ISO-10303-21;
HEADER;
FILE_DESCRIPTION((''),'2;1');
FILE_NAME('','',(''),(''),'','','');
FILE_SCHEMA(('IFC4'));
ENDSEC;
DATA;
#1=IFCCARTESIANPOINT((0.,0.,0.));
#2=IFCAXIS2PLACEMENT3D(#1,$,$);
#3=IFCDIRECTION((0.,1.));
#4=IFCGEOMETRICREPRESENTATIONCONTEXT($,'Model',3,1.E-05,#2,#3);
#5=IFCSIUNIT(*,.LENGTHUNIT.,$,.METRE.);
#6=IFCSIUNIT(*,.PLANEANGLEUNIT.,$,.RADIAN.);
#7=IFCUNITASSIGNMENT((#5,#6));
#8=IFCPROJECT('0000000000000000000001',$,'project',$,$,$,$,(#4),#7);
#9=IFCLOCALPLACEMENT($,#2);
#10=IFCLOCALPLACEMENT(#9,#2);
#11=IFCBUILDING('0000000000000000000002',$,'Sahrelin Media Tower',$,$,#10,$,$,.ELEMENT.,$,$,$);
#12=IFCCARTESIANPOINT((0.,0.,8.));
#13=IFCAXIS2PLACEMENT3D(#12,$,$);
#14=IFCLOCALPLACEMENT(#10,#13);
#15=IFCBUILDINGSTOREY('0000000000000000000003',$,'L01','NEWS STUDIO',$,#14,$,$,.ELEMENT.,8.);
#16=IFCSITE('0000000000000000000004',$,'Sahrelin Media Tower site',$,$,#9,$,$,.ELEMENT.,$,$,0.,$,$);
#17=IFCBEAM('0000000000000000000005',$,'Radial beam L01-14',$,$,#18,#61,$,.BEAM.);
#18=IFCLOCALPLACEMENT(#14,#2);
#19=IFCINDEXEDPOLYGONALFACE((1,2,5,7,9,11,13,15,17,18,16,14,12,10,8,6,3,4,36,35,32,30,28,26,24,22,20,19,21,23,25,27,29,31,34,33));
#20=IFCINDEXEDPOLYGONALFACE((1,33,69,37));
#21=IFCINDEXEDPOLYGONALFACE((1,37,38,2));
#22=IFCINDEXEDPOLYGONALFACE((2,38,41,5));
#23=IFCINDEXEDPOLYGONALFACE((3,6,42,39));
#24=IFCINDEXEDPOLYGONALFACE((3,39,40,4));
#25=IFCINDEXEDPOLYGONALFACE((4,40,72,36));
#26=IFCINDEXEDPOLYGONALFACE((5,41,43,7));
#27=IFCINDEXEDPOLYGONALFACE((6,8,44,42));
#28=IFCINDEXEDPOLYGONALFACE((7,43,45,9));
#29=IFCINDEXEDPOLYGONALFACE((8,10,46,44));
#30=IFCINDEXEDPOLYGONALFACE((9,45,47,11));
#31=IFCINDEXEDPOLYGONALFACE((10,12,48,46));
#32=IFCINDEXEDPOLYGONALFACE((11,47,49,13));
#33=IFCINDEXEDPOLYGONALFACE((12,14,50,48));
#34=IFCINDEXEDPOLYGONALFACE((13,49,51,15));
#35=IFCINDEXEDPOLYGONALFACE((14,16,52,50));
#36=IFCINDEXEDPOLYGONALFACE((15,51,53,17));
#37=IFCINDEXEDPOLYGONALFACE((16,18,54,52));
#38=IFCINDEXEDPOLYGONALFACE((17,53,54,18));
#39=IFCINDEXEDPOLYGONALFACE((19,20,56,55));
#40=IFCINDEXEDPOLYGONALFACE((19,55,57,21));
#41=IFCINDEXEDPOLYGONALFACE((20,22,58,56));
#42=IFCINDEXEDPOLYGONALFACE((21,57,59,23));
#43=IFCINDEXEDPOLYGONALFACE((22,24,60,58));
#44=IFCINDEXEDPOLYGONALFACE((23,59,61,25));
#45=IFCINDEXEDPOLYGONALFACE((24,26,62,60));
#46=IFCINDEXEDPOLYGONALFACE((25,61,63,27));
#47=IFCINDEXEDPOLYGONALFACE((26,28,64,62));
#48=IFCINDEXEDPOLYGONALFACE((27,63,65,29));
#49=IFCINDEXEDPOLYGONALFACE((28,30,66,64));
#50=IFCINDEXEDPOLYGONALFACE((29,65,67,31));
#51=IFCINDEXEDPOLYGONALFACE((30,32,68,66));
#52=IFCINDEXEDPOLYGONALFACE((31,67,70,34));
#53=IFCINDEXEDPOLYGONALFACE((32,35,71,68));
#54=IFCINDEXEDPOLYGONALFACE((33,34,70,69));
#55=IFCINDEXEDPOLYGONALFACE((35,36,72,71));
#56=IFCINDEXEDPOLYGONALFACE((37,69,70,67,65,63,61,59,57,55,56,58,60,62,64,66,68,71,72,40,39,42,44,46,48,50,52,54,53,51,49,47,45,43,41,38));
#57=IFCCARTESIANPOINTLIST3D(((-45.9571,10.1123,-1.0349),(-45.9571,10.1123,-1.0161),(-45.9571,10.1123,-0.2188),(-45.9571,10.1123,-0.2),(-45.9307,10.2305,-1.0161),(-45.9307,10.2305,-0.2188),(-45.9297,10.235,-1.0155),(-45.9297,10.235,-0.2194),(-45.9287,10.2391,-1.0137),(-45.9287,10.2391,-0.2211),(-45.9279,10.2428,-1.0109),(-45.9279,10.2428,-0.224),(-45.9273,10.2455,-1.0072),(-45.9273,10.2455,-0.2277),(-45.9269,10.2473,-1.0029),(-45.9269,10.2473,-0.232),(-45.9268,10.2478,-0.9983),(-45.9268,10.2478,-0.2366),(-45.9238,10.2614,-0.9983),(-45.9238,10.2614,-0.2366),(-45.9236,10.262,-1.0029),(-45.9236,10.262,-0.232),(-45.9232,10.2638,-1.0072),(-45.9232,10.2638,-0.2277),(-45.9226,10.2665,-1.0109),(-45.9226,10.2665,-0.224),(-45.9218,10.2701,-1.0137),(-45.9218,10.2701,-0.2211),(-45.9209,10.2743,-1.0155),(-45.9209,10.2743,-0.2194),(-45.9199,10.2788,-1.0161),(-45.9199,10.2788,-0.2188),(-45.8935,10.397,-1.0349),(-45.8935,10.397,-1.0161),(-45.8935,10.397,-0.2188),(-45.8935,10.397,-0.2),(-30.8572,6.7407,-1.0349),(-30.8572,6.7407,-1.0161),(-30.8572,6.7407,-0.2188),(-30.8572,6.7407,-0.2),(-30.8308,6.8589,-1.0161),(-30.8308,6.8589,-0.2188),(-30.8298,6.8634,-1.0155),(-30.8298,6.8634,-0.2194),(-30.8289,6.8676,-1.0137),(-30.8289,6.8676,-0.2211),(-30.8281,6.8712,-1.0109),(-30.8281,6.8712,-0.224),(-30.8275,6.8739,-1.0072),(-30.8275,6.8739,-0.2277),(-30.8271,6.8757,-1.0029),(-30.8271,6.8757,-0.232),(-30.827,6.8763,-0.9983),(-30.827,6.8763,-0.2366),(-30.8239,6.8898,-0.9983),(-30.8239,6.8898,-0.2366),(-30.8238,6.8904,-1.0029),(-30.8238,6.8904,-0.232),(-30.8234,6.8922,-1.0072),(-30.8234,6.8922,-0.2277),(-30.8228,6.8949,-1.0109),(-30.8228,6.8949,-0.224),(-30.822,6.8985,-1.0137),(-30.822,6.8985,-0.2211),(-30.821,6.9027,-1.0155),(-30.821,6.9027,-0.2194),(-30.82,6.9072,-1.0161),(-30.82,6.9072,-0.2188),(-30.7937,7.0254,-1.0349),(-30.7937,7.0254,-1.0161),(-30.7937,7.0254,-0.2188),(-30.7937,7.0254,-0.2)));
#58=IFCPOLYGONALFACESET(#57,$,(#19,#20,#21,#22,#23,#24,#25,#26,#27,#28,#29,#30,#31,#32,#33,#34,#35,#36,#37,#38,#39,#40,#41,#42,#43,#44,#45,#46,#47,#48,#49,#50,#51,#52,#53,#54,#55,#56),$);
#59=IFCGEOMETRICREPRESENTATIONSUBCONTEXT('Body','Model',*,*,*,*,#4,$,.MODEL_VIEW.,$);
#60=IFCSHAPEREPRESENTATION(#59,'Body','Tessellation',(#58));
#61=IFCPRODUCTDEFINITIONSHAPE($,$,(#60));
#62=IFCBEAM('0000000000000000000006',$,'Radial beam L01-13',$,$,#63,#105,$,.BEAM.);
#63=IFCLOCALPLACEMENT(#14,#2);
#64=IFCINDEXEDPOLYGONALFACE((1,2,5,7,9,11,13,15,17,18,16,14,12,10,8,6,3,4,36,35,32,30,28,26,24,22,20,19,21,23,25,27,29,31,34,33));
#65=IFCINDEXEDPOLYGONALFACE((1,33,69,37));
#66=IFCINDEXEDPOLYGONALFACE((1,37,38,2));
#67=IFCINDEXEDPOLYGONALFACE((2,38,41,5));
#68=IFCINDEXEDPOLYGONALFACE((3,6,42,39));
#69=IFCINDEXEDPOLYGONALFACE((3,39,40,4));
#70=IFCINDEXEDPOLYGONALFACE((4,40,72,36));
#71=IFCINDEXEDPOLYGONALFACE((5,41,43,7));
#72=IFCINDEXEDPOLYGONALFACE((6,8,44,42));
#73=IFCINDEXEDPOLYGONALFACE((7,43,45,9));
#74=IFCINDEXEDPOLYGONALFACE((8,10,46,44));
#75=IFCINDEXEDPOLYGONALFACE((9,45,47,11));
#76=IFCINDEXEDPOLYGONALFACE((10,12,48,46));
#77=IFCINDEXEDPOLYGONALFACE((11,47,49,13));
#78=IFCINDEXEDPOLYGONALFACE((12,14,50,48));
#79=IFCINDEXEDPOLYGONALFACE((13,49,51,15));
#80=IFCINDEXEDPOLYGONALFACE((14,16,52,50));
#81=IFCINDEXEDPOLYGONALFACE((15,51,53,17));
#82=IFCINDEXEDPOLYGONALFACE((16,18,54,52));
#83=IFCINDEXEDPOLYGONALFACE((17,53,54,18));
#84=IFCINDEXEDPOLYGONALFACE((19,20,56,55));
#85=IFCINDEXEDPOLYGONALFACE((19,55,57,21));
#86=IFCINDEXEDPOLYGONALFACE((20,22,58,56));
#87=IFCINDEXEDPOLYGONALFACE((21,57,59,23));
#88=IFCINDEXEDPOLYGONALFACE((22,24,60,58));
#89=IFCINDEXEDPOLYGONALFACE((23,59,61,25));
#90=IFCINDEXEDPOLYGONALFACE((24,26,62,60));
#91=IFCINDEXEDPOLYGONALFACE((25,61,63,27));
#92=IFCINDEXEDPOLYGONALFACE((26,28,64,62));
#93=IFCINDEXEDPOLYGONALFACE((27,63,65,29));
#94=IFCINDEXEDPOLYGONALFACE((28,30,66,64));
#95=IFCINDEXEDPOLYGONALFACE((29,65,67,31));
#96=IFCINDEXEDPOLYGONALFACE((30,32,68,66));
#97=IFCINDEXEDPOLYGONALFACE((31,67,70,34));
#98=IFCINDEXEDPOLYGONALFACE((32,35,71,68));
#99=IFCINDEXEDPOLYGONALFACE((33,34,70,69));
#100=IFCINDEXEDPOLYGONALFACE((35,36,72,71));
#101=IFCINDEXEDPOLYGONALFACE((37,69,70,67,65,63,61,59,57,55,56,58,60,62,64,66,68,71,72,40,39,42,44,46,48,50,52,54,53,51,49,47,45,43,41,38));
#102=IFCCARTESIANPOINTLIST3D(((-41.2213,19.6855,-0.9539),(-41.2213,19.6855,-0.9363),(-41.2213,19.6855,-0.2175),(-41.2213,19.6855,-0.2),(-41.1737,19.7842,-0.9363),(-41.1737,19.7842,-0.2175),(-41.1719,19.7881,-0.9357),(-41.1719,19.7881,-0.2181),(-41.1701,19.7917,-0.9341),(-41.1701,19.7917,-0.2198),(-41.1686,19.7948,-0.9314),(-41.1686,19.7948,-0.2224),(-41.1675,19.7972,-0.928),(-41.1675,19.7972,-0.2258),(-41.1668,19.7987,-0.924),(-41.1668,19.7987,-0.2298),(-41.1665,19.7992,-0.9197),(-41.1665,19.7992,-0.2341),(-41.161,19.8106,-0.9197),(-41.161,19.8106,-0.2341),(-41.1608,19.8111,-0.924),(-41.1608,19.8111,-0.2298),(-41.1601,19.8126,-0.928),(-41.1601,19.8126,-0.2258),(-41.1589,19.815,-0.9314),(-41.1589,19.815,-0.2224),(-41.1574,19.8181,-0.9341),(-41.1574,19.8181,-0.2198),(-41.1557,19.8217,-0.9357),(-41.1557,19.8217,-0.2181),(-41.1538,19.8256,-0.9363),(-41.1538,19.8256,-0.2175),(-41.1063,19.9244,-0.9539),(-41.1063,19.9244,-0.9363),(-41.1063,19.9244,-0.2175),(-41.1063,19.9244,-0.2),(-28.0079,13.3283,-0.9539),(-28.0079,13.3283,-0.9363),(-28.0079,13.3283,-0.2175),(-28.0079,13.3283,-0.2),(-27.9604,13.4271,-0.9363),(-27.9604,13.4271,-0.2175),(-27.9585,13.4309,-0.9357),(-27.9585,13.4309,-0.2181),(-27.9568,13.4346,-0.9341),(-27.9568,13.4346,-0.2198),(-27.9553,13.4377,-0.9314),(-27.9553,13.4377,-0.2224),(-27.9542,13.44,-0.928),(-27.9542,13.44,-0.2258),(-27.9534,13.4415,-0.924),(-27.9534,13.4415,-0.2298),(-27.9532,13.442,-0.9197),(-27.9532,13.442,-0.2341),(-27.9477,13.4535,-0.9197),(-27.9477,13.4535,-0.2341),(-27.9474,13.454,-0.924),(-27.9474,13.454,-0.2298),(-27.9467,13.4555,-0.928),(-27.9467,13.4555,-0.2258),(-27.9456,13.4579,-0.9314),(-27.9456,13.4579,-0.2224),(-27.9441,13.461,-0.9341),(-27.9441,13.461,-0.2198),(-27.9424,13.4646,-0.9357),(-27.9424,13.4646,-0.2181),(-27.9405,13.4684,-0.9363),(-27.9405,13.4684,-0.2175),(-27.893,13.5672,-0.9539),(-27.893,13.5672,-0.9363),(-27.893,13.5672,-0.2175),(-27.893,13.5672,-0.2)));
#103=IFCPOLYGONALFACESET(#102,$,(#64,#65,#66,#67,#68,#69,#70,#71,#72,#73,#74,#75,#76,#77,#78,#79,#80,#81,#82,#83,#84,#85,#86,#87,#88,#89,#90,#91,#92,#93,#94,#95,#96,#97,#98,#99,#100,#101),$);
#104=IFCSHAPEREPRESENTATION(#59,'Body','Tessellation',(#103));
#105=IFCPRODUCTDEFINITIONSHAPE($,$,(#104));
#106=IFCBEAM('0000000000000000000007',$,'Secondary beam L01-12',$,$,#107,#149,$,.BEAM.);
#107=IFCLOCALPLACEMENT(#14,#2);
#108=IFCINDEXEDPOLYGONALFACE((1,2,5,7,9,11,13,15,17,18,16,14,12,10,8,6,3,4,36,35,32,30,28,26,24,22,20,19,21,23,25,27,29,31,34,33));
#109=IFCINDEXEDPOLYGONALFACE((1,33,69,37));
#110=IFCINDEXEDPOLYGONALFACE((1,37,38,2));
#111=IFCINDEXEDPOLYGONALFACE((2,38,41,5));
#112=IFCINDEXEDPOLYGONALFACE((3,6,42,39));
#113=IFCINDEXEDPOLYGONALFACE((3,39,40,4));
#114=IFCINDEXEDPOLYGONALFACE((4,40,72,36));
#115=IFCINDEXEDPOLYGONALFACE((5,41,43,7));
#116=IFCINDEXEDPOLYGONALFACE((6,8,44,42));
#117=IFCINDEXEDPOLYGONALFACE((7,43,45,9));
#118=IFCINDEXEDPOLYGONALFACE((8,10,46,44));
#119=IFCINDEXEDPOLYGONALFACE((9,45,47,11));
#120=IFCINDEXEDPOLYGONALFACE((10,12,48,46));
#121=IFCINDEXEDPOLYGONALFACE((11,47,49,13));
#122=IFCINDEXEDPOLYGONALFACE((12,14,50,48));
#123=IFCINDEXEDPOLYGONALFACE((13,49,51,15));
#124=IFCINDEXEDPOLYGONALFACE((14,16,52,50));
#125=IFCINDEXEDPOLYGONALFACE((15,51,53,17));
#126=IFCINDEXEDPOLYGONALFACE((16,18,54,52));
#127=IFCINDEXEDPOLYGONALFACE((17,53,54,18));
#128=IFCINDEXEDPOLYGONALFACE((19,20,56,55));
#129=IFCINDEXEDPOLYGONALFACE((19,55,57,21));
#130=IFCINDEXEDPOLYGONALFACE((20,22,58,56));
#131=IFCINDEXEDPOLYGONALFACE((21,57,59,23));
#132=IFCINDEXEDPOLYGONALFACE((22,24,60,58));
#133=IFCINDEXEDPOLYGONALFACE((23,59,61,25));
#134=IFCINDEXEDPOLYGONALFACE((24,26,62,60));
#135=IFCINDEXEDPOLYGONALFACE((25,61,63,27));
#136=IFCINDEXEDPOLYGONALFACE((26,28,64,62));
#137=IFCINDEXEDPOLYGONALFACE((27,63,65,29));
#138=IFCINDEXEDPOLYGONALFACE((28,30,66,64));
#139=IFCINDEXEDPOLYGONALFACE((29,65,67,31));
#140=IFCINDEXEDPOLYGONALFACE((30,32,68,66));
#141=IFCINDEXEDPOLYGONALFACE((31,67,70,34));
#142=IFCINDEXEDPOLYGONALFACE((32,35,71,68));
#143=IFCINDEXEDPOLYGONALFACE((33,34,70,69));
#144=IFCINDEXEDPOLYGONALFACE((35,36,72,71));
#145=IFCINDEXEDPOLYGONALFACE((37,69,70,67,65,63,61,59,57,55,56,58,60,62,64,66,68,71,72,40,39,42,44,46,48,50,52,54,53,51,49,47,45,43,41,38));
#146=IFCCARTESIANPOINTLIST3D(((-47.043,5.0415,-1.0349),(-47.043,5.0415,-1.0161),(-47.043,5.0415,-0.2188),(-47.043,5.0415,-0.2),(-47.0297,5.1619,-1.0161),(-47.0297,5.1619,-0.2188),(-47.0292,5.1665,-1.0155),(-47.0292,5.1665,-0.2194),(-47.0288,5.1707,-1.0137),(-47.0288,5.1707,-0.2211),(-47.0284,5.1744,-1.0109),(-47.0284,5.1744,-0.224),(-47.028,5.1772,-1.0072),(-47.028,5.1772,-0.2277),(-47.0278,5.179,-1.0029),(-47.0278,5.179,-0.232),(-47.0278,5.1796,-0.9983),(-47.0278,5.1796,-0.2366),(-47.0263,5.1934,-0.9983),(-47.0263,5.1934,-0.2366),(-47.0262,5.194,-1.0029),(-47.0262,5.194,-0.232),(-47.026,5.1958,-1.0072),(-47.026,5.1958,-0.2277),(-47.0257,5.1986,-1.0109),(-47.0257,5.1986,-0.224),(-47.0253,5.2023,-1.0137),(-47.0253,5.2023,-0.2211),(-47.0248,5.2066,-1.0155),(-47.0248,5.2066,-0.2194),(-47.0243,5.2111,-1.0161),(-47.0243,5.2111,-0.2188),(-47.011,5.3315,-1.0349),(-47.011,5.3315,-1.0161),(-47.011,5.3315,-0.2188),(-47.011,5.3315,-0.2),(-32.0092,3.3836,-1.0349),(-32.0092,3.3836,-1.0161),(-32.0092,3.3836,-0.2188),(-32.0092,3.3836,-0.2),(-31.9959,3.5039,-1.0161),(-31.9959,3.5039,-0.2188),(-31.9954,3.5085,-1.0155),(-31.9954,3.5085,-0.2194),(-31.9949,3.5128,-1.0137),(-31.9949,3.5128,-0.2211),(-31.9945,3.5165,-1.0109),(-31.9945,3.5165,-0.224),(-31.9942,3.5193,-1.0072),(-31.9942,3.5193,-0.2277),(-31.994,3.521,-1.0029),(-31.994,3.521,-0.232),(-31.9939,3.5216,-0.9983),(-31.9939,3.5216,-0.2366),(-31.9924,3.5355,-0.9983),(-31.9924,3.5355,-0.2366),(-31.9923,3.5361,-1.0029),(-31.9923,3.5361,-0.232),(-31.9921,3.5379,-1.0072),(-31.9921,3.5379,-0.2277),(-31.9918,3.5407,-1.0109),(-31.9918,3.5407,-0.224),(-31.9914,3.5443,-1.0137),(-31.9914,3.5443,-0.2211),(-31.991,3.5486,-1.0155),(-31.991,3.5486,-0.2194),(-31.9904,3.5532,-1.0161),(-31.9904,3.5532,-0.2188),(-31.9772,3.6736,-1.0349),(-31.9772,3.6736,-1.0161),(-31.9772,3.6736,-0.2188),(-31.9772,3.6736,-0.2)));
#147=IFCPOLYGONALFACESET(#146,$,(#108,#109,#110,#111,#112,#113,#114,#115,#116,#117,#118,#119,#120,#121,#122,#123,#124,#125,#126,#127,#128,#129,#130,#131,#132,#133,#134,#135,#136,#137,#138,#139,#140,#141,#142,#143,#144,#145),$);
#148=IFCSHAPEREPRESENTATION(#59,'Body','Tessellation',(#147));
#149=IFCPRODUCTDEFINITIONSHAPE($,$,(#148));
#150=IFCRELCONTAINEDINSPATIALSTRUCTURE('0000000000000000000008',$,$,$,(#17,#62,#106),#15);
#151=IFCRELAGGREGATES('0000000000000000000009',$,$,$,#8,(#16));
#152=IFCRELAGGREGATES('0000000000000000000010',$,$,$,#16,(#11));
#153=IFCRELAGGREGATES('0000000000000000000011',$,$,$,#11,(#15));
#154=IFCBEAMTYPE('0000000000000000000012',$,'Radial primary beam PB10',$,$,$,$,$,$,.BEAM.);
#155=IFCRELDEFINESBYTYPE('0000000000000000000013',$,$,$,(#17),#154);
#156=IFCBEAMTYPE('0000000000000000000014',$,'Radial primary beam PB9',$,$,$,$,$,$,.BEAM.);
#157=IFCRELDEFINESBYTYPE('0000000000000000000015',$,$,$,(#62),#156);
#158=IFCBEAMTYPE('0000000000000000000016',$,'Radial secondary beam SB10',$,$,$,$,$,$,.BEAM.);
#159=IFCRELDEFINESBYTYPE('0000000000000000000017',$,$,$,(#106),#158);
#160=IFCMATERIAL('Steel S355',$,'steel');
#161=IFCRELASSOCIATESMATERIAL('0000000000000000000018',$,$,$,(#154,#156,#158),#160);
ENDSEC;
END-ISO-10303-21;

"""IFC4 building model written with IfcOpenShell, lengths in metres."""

from ifc_helpers import new_model, si_unit, direction, frame, origin, origin_2d, place, context, subcontext, project, spatial, i_section, extrude, material, material_profile, profile_set, type_object, element, save


model = new_model("IFC4")

# Units and contexts
model_context = context("Model", 3, precision=1e-05, world=origin(), true_north=direction((0.0, 1.0)))
body_context = subcontext(model_context, "Body", "Model", "MODEL_VIEW")
ifc_project = project(units=[si_unit("LENGTHUNIT", "METRE"), si_unit("PLANEANGLEUNIT", "RADIAN")], contexts=[model_context])

# Site, building, storey
site_placement = place(None, origin())
site = spatial("IfcSite", under=ifc_project, at=site_placement, Name="Sahrelin Media Tower site", CompositionType="ELEMENT", RefElevation=0.0)
building_placement = place(site_placement, origin())
building = spatial("IfcBuilding", under=site, at=building_placement, Name="Sahrelin Media Tower", CompositionType="ELEMENT")
storey_placement = place(building_placement, frame((0.0, 0.0, 8.0)))
storey = spatial("IfcBuildingStorey", under=building, at=storey_placement, Name="L01", Description="NEWS STUDIO", CompositionType="ELEMENT", Elevation=8.0)

# Beams
ifc_material_1 = material(Name="Steel S355", Category="steel")
ifc_material_profile_1 = material_profile(ifc_material_1, i_section(OverallWidth=0.2917, OverallDepth=0.835, WebThickness=0.0139, FlangeThickness=0.0188, FilletRadius=0.0178, at=origin_2d()), Name="UB 838x292x176")
ifc_profile_set_1 = profile_set([ifc_material_profile_1], Name="Steel S355")
beam_type_1 = type_object("IfcBeamType", Name="Radial primary beam PB10", PredefinedType="BEAM", material=ifc_profile_set_1)
beam_1_placement = place(storey_placement, frame((-30.8254, 6.8831, -0.6174), z_axis=(-0.975967, 0.217919, 0.0), x_axis=(-0.217919, -0.975967, 0.0)))
element("IfcBeam", 1, at=beam_1_placement, inside=storey, type_object=beam_type_1, Name="Radial beam L01-14", PredefinedType="BEAM", context=body_context, shape_type="SweptSolid", body=[
    extrude(i_section(OverallWidth=0.2917, OverallDepth=0.835, WebThickness=0.0139, FlangeThickness=0.0188, FilletRadius=0.0178, at=origin_2d()), origin(), (0.0, 0.0, 1.0), 15.4717),
])
ifc_material_profile_2 = material_profile(ifc_material_1, i_section(OverallWidth=0.2651, OverallDepth=0.7539, WebThickness=0.0127, FlangeThickness=0.0176, FilletRadius=0.0166, at=origin_2d()), Name="UB 762x267x147")
ifc_profile_set_2 = profile_set([ifc_material_profile_2], Name="Steel S355")
beam_type_2 = type_object("IfcBeamType", Name="Radial primary beam PB9", PredefinedType="BEAM", material=ifc_profile_set_2)
beam_2_placement = place(storey_placement, frame((-27.9504, 13.4478, -0.5769), z_axis=(-0.90113, 0.433549, 0.0), x_axis=(-0.433549, -0.90113, 0.0)))
element("IfcBeam", 2, at=beam_2_placement, inside=storey, type_object=beam_type_2, Name="Radial beam L01-13", PredefinedType="BEAM", context=body_context, shape_type="SweptSolid", body=[
    extrude(i_section(OverallWidth=0.2651, OverallDepth=0.7539, WebThickness=0.0127, FlangeThickness=0.0176, FilletRadius=0.0166, at=origin_2d()), origin(), (0.0, 0.0, 1.0), 14.6631),
])
ifc_material_profile_3 = material_profile(ifc_material_1, i_section(OverallWidth=0.2917, OverallDepth=0.835, WebThickness=0.0139, FlangeThickness=0.0188, FilletRadius=0.0178, at=origin_2d()), Name="UB 838x292x176")
ifc_profile_set_3 = profile_set([ifc_material_profile_3], Name="Steel S355")
beam_type_3 = type_object("IfcBeamType", Name="Radial secondary beam SB10", PredefinedType="BEAM", material=ifc_profile_set_3)
beam_3_placement = place(storey_placement, frame((-31.9932, 3.5286, -0.6174), z_axis=(-0.993974, 0.109617, 0.0), x_axis=(-0.109617, -0.993974, 0.0)))
element("IfcBeam", 3, at=beam_3_placement, inside=storey, type_object=beam_type_3, Name="Secondary beam L01-12", PredefinedType="BEAM", context=body_context, shape_type="SweptSolid", body=[
    extrude(i_section(OverallWidth=0.2917, OverallDepth=0.835, WebThickness=0.0139, FlangeThickness=0.0188, FilletRadius=0.0178, at=origin_2d()), origin(), (0.0, 0.0, 1.0), 15.125),
])

save(model, "model.ifc")
